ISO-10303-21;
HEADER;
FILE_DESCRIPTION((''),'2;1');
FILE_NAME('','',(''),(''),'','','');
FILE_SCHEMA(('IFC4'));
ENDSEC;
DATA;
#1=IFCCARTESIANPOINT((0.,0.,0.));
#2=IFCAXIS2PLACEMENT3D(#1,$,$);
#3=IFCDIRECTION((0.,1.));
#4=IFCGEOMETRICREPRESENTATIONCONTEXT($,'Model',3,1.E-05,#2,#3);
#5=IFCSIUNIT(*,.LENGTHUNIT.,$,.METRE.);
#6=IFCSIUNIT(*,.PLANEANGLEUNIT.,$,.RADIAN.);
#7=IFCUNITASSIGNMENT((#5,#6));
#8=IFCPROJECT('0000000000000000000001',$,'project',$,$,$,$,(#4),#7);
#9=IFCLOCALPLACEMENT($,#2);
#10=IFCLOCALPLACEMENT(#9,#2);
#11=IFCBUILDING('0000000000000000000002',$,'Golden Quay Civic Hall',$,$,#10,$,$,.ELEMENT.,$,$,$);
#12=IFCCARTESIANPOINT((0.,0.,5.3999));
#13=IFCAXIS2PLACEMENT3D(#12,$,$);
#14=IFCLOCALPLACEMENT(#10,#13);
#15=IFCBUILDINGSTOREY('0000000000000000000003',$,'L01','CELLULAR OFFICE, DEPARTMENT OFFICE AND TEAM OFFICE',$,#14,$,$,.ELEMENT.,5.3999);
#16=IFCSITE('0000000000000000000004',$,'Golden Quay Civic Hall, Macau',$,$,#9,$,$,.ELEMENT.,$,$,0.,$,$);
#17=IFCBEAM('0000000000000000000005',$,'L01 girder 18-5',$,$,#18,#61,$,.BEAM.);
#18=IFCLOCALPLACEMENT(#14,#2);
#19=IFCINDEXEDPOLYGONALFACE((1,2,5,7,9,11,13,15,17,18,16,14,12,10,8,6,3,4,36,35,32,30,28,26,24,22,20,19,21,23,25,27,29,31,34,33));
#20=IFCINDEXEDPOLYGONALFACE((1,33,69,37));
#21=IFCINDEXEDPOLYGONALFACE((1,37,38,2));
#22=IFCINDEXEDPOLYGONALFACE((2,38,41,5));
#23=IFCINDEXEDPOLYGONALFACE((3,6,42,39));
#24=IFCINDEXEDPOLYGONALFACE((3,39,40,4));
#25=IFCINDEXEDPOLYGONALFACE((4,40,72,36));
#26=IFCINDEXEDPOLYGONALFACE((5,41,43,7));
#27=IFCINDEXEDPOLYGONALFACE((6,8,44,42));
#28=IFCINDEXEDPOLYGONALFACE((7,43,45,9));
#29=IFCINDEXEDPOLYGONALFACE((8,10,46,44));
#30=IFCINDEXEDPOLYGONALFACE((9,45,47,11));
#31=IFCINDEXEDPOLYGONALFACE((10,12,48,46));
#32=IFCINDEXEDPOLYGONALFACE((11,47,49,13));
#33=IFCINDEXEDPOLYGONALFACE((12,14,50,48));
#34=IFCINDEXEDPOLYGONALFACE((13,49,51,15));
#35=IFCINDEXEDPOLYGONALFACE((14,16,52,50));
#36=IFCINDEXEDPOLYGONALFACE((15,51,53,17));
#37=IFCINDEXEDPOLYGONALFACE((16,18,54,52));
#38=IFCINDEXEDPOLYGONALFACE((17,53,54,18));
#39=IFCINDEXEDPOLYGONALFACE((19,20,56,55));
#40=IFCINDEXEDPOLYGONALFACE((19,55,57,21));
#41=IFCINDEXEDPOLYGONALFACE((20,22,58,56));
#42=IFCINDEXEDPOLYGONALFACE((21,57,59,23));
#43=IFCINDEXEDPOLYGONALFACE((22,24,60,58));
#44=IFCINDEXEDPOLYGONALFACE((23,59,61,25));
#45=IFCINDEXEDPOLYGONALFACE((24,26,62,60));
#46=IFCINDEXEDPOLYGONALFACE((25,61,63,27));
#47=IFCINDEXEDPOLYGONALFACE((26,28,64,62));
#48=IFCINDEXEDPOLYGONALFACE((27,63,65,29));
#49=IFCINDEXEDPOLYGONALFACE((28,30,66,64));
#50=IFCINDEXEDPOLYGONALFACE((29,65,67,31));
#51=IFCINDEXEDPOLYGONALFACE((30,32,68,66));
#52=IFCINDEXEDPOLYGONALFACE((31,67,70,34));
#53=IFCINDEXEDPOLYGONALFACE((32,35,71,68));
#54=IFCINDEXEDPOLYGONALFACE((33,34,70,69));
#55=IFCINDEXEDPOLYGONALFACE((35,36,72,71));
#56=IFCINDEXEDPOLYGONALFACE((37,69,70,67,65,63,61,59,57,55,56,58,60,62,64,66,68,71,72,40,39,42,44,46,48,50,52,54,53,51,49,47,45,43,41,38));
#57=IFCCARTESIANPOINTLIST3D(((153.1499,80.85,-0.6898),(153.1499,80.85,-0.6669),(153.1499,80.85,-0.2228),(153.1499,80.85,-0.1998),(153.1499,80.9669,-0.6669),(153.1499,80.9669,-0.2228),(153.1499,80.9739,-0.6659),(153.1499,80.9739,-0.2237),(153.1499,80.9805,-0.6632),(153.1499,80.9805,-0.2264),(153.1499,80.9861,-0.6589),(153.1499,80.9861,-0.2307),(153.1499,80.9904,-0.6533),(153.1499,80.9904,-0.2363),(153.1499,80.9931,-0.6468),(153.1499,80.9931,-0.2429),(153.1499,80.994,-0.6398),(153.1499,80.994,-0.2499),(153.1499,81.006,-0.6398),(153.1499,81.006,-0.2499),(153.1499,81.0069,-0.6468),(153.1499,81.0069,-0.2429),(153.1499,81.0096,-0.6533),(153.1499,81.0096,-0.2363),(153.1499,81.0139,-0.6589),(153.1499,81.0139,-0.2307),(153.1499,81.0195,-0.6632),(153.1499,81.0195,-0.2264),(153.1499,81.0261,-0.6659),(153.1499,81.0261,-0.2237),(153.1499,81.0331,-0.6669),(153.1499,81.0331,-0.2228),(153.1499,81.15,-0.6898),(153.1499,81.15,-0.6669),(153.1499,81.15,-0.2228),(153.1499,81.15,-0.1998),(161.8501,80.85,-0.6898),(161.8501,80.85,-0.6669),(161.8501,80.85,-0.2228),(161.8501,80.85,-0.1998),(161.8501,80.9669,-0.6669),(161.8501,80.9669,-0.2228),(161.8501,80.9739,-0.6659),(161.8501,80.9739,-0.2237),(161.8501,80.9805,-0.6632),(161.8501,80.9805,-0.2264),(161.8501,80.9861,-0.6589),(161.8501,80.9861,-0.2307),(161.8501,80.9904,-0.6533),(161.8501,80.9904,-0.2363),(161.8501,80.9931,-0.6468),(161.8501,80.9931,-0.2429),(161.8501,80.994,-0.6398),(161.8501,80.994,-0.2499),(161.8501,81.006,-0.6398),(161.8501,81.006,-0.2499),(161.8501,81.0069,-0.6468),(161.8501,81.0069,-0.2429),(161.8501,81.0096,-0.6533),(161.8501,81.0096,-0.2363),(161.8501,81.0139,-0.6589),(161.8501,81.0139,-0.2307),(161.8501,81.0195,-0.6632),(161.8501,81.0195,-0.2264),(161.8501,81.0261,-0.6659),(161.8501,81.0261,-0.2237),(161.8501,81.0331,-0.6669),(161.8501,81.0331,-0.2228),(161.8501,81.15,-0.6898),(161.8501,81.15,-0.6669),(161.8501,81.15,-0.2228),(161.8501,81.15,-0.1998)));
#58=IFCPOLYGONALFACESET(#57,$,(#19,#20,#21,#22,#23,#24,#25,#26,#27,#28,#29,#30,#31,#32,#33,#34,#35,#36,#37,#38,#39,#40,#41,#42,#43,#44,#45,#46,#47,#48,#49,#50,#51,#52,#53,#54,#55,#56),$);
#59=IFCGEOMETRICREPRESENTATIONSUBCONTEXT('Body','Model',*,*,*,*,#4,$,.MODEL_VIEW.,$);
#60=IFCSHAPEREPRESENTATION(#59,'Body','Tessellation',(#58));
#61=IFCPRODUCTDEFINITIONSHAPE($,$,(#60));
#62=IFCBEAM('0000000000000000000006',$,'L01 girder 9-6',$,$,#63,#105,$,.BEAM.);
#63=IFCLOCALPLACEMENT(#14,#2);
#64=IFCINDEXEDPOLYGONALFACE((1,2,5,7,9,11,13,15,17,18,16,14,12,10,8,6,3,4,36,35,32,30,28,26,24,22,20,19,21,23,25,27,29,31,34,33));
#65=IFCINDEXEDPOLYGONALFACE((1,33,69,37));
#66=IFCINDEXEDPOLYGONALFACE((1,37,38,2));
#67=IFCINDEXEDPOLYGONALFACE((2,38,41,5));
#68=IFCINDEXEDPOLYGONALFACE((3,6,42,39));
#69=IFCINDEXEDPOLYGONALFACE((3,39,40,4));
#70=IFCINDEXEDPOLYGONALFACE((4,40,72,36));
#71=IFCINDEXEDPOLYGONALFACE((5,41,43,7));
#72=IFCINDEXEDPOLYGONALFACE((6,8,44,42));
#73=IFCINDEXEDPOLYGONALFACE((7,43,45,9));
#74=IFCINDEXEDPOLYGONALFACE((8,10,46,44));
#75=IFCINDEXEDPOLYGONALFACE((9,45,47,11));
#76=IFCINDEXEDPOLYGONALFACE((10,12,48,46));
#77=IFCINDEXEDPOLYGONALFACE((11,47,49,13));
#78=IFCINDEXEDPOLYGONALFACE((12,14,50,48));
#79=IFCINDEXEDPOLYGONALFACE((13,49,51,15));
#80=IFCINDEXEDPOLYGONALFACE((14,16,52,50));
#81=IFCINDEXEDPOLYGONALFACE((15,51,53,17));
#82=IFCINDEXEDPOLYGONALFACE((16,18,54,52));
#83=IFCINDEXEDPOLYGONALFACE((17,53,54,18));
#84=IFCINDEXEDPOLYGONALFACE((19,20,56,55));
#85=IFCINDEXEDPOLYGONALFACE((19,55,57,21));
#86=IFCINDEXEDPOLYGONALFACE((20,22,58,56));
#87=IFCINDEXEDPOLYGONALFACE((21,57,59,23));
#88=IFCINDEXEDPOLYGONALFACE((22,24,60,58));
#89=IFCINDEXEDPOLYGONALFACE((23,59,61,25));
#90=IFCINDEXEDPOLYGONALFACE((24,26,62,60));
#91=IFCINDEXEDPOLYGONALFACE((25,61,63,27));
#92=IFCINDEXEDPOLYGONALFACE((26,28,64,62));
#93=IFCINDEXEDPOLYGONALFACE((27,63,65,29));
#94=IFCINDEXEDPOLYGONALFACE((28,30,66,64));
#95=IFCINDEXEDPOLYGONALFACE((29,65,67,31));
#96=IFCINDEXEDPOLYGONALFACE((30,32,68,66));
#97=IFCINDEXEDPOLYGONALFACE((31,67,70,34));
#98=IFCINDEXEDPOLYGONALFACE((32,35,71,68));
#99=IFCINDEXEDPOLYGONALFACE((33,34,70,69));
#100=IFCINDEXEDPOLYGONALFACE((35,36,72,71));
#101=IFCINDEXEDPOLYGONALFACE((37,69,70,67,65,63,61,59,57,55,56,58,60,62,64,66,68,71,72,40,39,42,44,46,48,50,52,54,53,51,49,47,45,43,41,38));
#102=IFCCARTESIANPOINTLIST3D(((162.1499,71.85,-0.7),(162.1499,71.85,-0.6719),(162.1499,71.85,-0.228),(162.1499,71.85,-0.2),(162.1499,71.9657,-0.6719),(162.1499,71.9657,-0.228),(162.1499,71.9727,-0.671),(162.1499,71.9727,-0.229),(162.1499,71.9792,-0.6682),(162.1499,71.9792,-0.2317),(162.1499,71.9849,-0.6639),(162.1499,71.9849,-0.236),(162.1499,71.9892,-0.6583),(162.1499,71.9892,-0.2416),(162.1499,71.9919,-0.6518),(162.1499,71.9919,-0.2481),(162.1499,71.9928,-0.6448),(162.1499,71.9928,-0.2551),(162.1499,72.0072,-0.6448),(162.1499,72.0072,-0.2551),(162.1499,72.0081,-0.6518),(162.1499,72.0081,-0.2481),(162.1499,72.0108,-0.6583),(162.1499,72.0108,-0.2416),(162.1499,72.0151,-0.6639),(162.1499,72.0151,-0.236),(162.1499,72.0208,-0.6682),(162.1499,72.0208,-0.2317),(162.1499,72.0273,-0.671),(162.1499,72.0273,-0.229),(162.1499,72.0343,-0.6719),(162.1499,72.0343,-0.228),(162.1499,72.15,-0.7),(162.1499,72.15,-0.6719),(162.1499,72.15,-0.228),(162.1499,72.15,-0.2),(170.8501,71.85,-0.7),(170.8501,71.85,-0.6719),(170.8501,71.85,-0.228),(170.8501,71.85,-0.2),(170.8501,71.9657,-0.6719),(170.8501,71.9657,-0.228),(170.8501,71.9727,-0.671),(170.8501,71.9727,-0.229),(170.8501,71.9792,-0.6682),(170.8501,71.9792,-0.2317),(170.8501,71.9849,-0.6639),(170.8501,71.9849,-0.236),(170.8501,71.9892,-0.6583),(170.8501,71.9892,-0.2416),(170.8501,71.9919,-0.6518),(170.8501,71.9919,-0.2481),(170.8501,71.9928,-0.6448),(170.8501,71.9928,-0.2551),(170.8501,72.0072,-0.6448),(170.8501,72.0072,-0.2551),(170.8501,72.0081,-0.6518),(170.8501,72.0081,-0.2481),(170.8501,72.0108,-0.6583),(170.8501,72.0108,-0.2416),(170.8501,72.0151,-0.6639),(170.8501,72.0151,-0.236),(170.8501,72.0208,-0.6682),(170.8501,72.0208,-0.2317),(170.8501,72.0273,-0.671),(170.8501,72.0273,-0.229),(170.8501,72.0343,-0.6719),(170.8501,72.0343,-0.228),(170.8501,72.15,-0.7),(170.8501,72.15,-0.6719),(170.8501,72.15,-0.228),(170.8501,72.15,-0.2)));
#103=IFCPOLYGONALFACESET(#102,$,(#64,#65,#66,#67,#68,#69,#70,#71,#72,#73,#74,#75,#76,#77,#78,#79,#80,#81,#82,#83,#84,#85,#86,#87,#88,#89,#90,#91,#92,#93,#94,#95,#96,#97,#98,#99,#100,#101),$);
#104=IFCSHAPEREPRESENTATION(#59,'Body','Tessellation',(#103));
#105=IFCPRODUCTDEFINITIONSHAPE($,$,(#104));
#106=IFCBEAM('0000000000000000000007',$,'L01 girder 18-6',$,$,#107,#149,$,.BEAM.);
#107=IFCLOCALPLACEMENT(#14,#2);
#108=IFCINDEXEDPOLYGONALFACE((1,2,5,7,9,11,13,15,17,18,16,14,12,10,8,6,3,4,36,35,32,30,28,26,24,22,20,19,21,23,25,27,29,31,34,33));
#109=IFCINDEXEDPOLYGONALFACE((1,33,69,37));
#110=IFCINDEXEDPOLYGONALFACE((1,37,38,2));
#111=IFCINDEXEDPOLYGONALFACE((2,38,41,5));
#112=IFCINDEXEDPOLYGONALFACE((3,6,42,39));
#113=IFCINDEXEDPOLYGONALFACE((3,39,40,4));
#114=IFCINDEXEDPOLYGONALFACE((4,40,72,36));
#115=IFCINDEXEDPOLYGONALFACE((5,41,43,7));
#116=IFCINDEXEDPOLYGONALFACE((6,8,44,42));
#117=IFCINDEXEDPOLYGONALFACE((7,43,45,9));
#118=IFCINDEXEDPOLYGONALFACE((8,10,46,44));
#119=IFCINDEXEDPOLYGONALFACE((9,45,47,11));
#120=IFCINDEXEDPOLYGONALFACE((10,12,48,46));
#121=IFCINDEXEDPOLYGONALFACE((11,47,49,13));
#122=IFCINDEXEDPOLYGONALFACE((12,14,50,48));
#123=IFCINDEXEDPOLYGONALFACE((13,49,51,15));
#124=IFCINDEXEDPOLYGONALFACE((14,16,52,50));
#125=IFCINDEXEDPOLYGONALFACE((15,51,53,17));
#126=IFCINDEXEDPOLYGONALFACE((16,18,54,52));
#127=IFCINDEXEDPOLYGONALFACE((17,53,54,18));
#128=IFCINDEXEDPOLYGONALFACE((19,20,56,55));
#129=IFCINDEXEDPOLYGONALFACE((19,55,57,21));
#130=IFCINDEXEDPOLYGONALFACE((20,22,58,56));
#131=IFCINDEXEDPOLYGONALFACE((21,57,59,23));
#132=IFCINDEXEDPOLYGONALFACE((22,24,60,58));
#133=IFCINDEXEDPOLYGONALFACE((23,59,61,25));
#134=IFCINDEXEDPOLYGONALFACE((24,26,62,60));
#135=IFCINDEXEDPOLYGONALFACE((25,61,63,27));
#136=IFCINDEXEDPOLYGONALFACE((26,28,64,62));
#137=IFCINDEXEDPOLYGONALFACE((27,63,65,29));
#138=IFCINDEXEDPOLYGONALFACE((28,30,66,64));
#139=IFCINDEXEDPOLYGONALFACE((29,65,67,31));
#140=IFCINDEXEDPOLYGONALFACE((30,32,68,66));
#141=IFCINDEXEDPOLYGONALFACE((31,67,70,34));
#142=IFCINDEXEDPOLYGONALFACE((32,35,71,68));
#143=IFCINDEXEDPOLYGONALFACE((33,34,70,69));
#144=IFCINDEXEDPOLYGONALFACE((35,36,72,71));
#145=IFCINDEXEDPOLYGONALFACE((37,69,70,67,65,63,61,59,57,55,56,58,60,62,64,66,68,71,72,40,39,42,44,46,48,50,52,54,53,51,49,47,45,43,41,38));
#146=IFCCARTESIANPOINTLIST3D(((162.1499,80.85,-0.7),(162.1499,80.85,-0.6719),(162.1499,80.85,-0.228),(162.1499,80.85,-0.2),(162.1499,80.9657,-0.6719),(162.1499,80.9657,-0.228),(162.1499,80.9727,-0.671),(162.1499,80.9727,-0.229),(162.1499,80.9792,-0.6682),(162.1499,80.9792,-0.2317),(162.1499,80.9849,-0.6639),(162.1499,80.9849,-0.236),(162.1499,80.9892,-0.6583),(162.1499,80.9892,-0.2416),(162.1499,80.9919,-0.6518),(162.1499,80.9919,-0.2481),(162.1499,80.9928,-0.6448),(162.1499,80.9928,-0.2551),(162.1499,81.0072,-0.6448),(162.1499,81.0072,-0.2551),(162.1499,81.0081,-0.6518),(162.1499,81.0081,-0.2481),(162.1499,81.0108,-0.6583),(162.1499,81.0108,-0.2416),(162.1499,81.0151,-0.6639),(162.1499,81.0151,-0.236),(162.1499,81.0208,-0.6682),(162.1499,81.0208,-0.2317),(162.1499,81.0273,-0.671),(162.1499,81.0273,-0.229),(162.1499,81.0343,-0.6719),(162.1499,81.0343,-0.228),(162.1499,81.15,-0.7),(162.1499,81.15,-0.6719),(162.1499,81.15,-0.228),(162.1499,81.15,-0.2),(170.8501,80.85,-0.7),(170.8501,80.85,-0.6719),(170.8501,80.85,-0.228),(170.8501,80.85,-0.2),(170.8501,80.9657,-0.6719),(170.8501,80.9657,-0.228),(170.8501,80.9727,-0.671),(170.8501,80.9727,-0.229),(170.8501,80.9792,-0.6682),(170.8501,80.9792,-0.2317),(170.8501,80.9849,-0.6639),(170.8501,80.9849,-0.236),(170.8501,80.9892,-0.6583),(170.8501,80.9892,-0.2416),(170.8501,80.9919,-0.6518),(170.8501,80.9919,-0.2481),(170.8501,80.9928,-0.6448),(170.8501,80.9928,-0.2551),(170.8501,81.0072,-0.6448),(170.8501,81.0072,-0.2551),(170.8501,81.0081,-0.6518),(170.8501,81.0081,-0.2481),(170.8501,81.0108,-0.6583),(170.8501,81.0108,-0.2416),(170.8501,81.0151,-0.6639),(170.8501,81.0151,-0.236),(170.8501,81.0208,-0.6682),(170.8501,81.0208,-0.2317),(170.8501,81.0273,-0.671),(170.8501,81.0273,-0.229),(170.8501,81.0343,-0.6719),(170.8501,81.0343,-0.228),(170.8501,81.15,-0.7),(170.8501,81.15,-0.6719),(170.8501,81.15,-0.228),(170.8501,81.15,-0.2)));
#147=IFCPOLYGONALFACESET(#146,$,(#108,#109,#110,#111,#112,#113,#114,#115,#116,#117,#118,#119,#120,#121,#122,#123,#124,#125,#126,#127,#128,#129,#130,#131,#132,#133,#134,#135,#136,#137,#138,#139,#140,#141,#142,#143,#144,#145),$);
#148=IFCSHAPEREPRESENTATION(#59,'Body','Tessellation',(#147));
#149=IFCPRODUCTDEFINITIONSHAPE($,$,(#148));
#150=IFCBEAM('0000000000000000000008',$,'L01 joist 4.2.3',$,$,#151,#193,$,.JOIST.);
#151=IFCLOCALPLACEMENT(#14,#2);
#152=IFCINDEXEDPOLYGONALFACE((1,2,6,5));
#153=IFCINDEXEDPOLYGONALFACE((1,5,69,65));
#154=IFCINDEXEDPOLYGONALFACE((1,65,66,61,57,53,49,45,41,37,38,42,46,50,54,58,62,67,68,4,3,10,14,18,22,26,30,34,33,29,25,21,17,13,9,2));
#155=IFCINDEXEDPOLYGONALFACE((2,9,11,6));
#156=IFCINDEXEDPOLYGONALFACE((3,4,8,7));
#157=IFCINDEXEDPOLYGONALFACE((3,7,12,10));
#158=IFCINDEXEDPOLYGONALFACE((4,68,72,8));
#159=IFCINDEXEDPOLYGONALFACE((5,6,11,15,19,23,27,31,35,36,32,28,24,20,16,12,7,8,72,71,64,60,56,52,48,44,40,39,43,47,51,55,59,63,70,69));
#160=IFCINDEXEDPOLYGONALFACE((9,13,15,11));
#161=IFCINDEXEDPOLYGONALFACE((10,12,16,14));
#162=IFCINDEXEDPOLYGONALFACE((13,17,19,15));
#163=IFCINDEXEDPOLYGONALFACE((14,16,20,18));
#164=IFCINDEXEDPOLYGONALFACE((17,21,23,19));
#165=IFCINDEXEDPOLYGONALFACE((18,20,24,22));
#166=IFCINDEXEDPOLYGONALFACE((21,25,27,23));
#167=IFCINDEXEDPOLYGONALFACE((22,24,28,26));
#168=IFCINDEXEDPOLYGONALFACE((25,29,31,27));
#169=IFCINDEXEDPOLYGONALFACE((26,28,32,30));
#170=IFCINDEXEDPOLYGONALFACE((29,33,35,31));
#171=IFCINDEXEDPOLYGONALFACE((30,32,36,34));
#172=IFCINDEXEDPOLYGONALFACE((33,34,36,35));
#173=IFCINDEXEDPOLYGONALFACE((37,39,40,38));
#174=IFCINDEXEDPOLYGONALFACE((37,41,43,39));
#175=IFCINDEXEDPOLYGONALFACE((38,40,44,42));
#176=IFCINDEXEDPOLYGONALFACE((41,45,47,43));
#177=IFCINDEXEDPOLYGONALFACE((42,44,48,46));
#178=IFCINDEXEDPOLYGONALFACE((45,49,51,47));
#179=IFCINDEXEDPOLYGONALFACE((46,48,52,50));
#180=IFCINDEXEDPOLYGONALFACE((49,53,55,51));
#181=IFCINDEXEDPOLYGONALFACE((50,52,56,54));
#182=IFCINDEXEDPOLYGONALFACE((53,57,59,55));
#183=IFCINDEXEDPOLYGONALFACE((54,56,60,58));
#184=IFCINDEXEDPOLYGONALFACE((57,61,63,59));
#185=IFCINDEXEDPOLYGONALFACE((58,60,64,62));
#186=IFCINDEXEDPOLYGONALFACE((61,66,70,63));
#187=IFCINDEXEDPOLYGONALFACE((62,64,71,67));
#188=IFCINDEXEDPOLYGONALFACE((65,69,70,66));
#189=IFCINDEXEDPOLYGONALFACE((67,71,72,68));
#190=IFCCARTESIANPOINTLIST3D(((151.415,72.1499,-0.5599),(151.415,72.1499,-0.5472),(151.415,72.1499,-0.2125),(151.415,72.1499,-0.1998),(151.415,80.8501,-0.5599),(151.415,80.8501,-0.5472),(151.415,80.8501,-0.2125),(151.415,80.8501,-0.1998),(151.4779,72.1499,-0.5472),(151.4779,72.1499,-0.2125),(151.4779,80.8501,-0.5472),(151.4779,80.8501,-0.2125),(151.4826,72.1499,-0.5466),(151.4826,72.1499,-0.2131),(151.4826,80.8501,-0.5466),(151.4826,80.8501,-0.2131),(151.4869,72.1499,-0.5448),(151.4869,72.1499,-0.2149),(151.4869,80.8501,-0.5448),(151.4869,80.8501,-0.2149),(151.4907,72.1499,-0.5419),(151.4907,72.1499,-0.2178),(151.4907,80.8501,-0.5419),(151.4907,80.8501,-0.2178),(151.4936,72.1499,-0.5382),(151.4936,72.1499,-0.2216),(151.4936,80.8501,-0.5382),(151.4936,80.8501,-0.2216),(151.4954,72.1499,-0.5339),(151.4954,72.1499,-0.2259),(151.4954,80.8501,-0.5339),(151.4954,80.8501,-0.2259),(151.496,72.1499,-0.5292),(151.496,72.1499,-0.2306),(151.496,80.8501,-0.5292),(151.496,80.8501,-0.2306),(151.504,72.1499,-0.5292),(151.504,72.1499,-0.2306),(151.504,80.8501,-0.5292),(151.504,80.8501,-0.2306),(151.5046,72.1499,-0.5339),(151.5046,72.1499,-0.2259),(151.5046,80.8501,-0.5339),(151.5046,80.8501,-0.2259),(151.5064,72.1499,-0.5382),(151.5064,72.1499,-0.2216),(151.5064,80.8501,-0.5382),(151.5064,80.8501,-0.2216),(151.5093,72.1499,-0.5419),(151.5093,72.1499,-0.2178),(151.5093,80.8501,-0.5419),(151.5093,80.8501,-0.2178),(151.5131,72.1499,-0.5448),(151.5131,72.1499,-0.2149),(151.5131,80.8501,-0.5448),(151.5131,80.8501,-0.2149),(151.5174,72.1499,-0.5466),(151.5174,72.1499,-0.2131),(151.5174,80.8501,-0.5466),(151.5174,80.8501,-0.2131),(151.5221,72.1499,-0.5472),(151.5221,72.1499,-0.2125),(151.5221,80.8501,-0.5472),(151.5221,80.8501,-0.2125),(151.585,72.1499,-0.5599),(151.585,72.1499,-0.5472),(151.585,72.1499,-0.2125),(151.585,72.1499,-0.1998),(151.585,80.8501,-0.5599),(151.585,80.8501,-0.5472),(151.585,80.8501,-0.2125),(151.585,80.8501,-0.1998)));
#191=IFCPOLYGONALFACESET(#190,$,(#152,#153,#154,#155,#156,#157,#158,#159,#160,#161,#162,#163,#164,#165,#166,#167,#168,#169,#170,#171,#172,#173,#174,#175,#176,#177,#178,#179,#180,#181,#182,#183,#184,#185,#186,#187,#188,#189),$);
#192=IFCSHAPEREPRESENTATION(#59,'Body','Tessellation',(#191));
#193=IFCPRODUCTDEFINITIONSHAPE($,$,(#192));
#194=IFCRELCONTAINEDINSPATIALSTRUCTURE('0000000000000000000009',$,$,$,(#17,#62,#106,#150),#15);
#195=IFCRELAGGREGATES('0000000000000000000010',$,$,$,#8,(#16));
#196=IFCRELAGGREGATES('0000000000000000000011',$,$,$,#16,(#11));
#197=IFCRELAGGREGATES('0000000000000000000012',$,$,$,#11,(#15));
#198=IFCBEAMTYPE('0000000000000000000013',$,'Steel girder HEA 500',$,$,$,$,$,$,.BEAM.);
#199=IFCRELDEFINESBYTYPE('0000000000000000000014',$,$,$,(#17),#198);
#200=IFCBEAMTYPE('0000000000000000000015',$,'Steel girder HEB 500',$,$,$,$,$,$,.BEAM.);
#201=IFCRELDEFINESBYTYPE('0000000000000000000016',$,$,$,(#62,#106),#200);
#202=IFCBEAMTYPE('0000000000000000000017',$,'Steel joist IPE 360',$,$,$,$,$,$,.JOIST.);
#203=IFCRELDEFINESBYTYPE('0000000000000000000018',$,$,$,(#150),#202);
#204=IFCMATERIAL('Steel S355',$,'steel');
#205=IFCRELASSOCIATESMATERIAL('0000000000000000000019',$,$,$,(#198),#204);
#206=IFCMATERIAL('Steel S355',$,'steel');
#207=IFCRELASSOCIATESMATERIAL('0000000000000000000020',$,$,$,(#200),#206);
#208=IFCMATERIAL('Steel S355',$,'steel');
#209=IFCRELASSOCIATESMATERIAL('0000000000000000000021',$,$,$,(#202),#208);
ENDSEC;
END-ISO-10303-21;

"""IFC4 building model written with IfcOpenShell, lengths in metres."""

from ifc_helpers import new_model, si_unit, direction, frame, origin, origin_2d, place, context, subcontext, project, spatial, i_section, extrude, material, material_profile, profile_set, type_object, element, save


model = new_model("IFC4")

# Units and contexts
model_context = context("Model", 3, precision=1e-05, world=origin(), true_north=direction((0.0, 1.0)))
body_context = subcontext(model_context, "Body", "Model", "MODEL_VIEW")
ifc_project = project(units=[si_unit("LENGTHUNIT", "METRE"), si_unit("PLANEANGLEUNIT", "RADIAN")], contexts=[model_context])

# Site, building, storey
site_placement = place(None, origin())
site = spatial("IfcSite", under=ifc_project, at=site_placement, Name="Golden Quay Civic Hall, Macau", CompositionType="ELEMENT", RefElevation=0.0)
building_placement = place(site_placement, origin())
building = spatial("IfcBuilding", under=site, at=building_placement, Name="Golden Quay Civic Hall", CompositionType="ELEMENT")
storey_placement = place(building_placement, frame((0.0, 0.0, 5.3999)))
storey = spatial("IfcBuildingStorey", under=building, at=storey_placement, Name="L01", Description="CELLULAR OFFICE, DEPARTMENT OFFICE AND TEAM OFFICE", CompositionType="ELEMENT", Elevation=5.3999)

# Beams
ifc_material_1 = material(Name="Steel S355", Category="steel")
ifc_material_profile_1 = material_profile(ifc_material_1, i_section(OverallWidth=0.3, OverallDepth=0.49, WebThickness=0.012, FlangeThickness=0.0229, FilletRadius=0.0271, at=origin_2d()), Name="HEA 500")
ifc_profile_set_1 = profile_set([ifc_material_profile_1], Name="Steel S355")
beam_type_1 = type_object("IfcBeamType", Name="Steel girder HEA 500", PredefinedType="BEAM", material=ifc_profile_set_1)
for number, where, z_axis, x_axis, name in (
    (1, (153.1499, 81.0, -0.4448), (1.0, 0.0, 0.0), (0.0, 1.0, 0.0), "L01 girder 18-5"),
):
    element("IfcBeam", number, at=place(storey_placement, frame(where, z_axis=z_axis, x_axis=x_axis)), inside=storey, type_object=beam_type_1, Name=name, PredefinedType="BEAM", context=body_context, shape_type="SweptSolid", body=[
        extrude(i_section(OverallWidth=0.3, OverallDepth=0.49, WebThickness=0.012, FlangeThickness=0.0229, FilletRadius=0.0271, at=origin_2d()), origin(), (0.0, 0.0, 1.0), 8.7002),
    ])
ifc_material_2 = material(Name="Steel S355", Category="steel")
ifc_material_profile_2 = material_profile(ifc_material_2, i_section(OverallWidth=0.3, OverallDepth=0.5, WebThickness=0.0144, FlangeThickness=0.0281, FilletRadius=0.0271, at=origin_2d()), Name="HEB 500")
ifc_profile_set_2 = profile_set([ifc_material_profile_2], Name="Steel S355")
beam_type_2 = type_object("IfcBeamType", Name="Steel girder HEB 500", PredefinedType="BEAM", material=ifc_profile_set_2)
for number, where, z_axis, x_axis, name in (
    (2, (162.1499, 72.0, -0.45), (1.0, 0.0, 0.0), (0.0, 1.0, 0.0), "L01 girder 9-6"),
    (3, (162.1499, 81.0, -0.45), (1.0, 0.0, 0.0), (0.0, 1.0, 0.0), "L01 girder 18-6"),
):
    element("IfcBeam", number, at=place(storey_placement, frame(where, z_axis=z_axis, x_axis=x_axis)), inside=storey, type_object=beam_type_2, Name=name, PredefinedType="BEAM", context=body_context, shape_type="SweptSolid", body=[
        extrude(i_section(OverallWidth=0.3, OverallDepth=0.5, WebThickness=0.0144, FlangeThickness=0.0281, FilletRadius=0.0271, at=origin_2d()), origin(), (0.0, 0.0, 1.0), 8.7002),
    ])
ifc_material_3 = material(Name="Steel S355", Category="steel")
ifc_material_profile_3 = material_profile(ifc_material_3, i_section(OverallWidth=0.1699, OverallDepth=0.3601, WebThickness=0.0081, FlangeThickness=0.0127, FilletRadius=0.0181, at=origin_2d()), Name="IPE 360")
ifc_profile_set_3 = profile_set([ifc_material_profile_3], Name="Steel S355")
beam_type_3 = type_object("IfcBeamType", Name="Steel joist IPE 360", PredefinedType="JOIST", material=ifc_profile_set_3)
for number, where, z_axis, x_axis, name in (
    (4, (151.5, 72.1499, -0.3799), (0.0, 1.0, 0.0), (-1.0, 0.0, 0.0), "L01 joist 4.2.3"),
):
    element("IfcBeam", number, at=place(storey_placement, frame(where, z_axis=z_axis, x_axis=x_axis)), inside=storey, type_object=beam_type_3, Name=name, PredefinedType="JOIST", context=body_context, shape_type="SweptSolid", body=[
        extrude(i_section(OverallWidth=0.1699, OverallDepth=0.3601, WebThickness=0.0081, FlangeThickness=0.0127, FilletRadius=0.0181, at=origin_2d()), origin(), (0.0, 0.0, 1.0), 8.7002),
    ])

save(model, "model.ifc")
